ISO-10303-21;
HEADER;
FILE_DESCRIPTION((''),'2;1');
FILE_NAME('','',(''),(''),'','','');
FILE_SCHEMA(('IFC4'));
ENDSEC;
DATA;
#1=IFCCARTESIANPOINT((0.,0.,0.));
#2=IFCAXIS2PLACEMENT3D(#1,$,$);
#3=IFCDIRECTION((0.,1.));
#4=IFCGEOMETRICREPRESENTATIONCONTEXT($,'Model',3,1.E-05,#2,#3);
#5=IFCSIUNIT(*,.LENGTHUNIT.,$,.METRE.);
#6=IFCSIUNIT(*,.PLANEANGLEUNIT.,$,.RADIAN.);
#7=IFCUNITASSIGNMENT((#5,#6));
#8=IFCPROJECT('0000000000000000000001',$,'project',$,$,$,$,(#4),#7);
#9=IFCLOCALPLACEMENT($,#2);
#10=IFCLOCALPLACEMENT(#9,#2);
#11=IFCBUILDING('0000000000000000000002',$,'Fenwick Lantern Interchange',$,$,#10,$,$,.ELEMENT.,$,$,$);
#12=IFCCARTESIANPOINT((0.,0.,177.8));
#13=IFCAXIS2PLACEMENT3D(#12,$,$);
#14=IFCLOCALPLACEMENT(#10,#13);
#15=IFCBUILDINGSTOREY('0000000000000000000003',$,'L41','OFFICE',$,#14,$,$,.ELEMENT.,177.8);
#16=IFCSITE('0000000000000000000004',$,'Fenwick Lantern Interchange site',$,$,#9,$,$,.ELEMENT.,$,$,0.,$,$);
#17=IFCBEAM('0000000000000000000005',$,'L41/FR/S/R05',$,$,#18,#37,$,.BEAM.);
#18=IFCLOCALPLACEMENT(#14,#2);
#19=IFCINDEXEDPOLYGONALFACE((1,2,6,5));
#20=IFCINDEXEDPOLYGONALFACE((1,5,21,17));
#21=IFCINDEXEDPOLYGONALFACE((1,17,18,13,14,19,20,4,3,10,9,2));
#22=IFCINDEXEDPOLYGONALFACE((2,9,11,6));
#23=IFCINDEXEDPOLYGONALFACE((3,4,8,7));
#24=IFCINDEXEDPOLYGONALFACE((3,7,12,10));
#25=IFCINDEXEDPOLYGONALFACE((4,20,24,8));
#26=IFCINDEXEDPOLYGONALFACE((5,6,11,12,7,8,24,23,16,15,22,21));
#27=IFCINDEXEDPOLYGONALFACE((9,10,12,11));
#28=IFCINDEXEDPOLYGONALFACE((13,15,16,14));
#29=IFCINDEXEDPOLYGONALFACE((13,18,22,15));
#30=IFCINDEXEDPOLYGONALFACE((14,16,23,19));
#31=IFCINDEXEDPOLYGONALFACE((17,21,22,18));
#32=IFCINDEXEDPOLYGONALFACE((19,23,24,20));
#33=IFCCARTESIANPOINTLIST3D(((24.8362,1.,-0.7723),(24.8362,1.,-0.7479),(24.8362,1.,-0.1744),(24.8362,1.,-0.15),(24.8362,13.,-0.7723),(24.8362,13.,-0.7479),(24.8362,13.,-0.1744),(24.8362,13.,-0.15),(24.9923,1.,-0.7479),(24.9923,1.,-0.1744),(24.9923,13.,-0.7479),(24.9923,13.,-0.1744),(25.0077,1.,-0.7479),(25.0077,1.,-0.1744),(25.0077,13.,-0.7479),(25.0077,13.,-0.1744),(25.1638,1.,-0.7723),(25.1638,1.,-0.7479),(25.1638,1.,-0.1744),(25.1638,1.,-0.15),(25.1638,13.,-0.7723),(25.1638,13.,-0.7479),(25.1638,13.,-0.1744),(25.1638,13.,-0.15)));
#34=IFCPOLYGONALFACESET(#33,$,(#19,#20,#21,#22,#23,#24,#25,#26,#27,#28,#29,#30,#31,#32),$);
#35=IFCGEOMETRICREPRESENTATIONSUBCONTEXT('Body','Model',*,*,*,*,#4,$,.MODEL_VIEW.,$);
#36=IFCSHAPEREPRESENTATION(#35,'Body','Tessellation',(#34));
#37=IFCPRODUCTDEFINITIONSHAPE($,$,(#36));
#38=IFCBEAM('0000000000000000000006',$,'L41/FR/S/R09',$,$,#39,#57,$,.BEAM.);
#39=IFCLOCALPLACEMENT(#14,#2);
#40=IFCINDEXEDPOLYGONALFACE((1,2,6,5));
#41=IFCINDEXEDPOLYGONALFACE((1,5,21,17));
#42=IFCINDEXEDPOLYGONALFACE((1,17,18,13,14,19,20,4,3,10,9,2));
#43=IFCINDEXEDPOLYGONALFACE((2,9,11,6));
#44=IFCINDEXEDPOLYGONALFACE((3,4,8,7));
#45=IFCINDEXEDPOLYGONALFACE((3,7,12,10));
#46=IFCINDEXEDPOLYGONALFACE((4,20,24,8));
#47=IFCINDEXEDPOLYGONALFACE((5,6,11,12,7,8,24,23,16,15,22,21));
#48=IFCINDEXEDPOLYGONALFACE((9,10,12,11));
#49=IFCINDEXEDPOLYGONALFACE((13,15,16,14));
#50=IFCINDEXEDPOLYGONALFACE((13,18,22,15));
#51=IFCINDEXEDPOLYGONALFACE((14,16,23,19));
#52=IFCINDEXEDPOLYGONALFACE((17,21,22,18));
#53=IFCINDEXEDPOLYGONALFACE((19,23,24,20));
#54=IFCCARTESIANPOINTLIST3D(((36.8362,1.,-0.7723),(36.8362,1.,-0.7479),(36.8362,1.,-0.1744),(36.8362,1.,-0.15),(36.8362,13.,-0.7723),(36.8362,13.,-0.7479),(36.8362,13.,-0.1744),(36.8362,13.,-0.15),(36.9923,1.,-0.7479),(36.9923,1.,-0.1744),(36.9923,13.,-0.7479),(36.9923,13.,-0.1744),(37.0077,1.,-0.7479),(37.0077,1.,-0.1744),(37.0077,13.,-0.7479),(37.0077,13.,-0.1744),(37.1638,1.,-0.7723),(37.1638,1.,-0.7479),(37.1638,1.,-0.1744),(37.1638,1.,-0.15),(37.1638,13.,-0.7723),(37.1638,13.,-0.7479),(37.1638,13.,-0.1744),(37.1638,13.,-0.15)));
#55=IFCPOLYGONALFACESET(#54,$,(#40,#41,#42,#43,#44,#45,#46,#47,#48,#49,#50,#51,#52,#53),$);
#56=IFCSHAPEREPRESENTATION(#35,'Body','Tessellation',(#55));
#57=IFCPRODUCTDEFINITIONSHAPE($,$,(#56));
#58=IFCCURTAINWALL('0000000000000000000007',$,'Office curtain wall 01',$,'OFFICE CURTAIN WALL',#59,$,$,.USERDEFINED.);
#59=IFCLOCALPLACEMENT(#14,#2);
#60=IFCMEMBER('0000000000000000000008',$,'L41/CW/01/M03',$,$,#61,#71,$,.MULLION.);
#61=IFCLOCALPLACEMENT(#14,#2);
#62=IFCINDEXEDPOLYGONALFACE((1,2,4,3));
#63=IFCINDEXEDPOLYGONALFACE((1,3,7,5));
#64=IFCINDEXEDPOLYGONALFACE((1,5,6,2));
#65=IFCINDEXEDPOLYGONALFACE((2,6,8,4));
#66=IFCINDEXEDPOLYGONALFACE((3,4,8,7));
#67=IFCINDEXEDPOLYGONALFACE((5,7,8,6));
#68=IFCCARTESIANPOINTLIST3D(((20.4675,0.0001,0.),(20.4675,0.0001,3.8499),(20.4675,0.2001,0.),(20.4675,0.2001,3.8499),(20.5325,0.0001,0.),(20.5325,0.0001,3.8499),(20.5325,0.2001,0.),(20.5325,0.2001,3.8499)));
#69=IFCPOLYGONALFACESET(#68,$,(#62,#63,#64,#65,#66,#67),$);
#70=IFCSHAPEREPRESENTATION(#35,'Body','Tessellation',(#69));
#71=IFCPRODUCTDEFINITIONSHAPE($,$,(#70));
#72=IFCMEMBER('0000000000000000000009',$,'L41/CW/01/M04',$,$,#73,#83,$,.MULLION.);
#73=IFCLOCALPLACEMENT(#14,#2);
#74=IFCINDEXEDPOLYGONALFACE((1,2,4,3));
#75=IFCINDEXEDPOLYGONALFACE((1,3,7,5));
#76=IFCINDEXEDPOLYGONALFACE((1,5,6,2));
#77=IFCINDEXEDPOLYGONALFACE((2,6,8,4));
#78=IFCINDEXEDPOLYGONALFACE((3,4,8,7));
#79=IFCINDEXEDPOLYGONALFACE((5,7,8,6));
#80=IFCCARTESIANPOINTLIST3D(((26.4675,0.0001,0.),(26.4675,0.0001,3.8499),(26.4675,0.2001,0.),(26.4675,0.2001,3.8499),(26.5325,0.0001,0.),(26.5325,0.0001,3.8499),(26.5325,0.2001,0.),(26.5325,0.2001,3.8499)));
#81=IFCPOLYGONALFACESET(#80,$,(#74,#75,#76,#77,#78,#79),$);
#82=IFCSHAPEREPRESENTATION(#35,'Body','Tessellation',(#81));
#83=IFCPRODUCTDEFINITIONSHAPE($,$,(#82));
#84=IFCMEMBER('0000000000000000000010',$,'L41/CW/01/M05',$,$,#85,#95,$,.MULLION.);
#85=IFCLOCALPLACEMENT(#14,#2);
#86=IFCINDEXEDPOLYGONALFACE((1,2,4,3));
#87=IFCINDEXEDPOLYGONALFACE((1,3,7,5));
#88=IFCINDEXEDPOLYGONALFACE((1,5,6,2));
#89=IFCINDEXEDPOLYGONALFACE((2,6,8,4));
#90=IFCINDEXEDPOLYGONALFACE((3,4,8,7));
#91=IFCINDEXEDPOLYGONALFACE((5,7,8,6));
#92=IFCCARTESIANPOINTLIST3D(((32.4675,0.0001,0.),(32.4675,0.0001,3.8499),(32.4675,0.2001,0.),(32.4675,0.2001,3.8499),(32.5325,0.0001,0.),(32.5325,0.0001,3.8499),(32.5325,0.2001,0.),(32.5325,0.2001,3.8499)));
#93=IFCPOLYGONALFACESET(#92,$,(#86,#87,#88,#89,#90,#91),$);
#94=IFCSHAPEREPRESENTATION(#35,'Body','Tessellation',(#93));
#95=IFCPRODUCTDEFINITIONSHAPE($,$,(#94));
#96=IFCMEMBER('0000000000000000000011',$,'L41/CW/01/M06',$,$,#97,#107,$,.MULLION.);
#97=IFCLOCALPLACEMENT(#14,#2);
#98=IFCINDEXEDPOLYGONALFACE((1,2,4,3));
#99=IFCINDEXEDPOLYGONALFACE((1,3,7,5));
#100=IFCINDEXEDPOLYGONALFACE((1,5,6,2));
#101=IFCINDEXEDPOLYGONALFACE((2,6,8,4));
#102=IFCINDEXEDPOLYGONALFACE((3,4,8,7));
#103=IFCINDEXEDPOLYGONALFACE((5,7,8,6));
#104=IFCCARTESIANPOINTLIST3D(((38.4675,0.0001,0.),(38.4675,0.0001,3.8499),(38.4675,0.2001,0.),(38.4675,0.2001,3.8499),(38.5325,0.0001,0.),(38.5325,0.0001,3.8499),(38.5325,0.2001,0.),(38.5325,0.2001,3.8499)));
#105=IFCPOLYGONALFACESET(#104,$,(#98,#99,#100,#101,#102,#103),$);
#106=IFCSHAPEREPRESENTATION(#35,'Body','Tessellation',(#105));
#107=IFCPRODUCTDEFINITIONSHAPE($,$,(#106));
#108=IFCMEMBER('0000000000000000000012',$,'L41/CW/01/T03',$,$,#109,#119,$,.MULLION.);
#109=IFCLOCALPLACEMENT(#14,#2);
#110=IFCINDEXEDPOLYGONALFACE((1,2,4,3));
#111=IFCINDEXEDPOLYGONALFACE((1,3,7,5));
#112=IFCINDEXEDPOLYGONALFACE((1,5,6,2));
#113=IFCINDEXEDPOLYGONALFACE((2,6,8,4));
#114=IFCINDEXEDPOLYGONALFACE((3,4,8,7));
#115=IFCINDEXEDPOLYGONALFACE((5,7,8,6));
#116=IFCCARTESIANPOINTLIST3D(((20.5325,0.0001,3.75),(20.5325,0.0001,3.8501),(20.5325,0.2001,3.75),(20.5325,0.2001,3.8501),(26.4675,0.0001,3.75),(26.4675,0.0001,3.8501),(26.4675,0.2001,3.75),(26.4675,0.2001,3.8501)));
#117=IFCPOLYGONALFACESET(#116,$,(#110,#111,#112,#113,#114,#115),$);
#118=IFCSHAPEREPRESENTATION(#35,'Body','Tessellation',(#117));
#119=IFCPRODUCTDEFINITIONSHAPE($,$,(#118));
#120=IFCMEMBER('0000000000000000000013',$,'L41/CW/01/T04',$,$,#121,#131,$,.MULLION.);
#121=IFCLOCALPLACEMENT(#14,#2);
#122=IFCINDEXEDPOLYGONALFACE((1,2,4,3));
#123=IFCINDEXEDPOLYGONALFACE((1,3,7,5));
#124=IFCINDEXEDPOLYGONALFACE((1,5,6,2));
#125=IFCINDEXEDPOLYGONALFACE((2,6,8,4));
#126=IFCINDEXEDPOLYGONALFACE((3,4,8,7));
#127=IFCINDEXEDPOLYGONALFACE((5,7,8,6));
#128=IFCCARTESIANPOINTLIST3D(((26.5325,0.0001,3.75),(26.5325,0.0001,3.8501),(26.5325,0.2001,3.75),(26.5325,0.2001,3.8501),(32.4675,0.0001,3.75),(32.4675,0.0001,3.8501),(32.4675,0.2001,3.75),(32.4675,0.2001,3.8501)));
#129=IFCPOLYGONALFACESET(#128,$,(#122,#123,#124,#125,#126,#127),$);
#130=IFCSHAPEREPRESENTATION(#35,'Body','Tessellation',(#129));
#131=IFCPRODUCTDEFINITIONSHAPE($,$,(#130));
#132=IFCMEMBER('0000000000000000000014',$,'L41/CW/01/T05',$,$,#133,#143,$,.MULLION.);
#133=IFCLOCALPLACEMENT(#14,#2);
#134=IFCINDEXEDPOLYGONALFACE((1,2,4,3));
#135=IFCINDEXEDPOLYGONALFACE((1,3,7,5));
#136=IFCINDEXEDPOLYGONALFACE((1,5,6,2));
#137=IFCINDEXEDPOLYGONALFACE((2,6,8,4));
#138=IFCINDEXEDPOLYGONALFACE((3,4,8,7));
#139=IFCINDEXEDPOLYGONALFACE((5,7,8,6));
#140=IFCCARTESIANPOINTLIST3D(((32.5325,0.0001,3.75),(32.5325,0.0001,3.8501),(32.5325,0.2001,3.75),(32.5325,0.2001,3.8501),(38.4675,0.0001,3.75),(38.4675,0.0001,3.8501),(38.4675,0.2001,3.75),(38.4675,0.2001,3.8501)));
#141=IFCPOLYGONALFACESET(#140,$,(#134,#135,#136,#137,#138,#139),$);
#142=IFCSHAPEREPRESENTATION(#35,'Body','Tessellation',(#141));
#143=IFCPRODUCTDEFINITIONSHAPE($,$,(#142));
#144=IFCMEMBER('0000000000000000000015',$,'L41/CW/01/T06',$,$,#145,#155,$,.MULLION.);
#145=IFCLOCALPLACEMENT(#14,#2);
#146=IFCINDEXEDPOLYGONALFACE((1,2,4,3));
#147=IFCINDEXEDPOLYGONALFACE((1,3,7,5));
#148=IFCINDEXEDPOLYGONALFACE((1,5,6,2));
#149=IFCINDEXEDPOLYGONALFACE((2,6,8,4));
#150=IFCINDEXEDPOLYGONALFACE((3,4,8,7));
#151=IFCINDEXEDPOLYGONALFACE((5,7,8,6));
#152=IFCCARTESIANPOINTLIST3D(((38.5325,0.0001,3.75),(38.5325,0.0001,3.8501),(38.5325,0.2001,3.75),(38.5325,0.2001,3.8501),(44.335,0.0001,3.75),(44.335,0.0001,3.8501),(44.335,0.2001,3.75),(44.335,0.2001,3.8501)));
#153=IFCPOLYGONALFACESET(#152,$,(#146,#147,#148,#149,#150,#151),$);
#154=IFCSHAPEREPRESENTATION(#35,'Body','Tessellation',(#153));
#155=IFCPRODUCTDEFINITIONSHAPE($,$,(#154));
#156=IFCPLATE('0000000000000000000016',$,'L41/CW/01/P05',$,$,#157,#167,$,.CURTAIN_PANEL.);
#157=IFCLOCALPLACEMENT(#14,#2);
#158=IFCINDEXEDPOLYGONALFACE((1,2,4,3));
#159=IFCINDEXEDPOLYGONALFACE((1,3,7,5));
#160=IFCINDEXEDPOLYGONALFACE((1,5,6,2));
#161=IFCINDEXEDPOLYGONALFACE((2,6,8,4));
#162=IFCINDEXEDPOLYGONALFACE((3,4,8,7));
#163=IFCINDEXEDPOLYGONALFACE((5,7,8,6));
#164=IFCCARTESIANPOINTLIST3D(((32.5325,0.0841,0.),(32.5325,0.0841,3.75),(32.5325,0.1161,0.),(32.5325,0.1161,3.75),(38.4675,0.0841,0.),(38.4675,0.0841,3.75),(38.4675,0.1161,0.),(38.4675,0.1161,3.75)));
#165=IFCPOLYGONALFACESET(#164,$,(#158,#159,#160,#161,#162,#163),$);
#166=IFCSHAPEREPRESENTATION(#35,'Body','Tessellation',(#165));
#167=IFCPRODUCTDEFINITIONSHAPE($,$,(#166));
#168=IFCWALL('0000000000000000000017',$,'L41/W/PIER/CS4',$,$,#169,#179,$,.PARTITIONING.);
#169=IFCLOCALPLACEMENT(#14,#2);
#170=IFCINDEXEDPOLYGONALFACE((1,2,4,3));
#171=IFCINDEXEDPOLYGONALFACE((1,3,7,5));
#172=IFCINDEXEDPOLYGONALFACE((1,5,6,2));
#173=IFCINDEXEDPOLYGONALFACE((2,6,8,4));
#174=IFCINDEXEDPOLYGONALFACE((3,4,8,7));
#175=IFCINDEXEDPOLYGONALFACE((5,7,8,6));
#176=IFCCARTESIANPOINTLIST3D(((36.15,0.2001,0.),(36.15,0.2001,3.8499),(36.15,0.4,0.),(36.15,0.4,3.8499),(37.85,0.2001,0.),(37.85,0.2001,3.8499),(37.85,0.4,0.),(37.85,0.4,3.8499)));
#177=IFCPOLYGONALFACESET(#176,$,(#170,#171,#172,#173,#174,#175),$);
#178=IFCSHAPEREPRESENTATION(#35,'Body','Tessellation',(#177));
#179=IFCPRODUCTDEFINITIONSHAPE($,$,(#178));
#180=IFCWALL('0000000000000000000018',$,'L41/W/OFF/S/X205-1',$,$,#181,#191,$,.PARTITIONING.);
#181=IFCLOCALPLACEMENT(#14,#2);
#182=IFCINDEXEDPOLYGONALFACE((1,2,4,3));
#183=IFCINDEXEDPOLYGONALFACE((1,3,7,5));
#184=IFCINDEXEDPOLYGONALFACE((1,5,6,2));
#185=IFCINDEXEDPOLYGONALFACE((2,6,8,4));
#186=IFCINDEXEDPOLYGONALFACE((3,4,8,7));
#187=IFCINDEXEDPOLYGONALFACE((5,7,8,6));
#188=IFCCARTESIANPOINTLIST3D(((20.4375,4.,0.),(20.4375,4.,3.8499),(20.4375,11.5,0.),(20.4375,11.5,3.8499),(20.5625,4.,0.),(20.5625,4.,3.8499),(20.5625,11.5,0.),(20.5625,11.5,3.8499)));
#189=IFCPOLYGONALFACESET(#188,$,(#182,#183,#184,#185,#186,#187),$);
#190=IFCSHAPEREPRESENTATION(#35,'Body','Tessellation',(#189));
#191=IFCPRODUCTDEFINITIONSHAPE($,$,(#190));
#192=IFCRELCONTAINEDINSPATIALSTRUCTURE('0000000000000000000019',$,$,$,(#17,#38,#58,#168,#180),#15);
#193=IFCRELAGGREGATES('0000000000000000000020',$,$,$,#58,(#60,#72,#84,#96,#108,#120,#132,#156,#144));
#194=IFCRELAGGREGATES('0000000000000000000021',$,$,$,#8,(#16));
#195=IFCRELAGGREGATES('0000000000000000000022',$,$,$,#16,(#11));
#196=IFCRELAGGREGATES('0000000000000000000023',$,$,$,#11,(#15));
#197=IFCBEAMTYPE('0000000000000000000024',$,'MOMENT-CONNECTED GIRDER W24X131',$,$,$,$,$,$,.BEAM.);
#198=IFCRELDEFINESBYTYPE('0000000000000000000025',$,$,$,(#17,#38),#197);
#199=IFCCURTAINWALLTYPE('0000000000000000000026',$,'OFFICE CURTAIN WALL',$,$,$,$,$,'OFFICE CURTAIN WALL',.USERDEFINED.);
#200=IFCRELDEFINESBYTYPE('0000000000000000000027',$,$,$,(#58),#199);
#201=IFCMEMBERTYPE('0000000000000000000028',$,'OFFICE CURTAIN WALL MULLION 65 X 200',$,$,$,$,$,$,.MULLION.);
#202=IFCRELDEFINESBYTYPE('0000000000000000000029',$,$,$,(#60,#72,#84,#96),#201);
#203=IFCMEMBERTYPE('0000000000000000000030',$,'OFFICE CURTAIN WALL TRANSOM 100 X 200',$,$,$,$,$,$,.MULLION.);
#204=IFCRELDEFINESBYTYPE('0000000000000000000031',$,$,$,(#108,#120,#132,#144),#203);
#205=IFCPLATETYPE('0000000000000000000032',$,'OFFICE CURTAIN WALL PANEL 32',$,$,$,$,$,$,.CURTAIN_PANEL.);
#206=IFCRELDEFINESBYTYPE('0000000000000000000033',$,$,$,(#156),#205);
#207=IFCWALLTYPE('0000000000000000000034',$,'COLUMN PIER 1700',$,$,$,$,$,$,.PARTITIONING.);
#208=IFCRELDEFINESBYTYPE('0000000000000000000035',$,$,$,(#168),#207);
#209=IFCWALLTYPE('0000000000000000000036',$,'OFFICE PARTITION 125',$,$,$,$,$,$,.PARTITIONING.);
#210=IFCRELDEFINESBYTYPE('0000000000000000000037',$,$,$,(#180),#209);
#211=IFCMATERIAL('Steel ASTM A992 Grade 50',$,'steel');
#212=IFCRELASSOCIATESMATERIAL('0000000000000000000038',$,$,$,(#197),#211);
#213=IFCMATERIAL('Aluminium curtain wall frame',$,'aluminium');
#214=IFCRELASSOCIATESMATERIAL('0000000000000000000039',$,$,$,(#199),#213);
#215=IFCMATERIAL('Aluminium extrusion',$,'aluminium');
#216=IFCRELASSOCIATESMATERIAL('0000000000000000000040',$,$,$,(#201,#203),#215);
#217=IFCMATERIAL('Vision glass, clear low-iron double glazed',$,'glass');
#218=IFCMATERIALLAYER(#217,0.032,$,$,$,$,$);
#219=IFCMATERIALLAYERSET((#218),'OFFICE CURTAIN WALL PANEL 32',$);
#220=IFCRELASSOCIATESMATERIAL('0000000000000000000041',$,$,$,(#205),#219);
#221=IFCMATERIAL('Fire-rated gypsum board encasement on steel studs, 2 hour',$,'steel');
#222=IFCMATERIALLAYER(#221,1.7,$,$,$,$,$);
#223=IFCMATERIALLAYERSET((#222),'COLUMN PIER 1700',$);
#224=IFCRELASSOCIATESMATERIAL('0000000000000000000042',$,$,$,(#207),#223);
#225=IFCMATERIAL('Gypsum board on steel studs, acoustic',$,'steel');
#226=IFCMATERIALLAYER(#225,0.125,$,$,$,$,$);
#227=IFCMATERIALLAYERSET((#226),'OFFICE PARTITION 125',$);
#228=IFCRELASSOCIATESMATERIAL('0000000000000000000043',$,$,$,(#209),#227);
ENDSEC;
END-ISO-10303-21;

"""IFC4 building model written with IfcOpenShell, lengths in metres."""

from ifc_helpers import new_model, si_unit, direction, frame, frame_2d, origin, origin_2d, place, context, subcontext, project, spatial, rectangle, i_section, extrude, material, layer, layer_set, material_profile, profile_set, type_object, element, aggregate, save


model = new_model("IFC4")

# Units and contexts
model_context = context("Model", 3, precision=1e-05, world=origin(), true_north=direction((0.0, 1.0)))
body_context = subcontext(model_context, "Body", "Model", "MODEL_VIEW")
ifc_project = project(units=[si_unit("LENGTHUNIT", "METRE"), si_unit("PLANEANGLEUNIT", "RADIAN")], contexts=[model_context])

# Site, building, storey
site_placement = place(None, origin())
site = spatial("IfcSite", under=ifc_project, at=site_placement, Name="Fenwick Lantern Interchange site", CompositionType="ELEMENT", RefElevation=0.0)
building_placement = place(site_placement, origin())
building = spatial("IfcBuilding", under=site, at=building_placement, Name="Fenwick Lantern Interchange", CompositionType="ELEMENT")
storey_placement = place(building_placement, frame((0.0, 0.0, 177.8)))
storey = spatial("IfcBuildingStorey", under=building, at=storey_placement, Name="L41", Description="OFFICE", CompositionType="ELEMENT", Elevation=177.8)

# Beams
ifc_material_1 = material(Name="Steel ASTM A992 Grade 50", Category="steel")
ifc_material_profile_1 = material_profile(ifc_material_1, i_section(OverallWidth=0.3276, OverallDepth=0.6223, WebThickness=0.0154, FlangeThickness=0.0244, at=origin_2d()), Name="W24X131")
ifc_profile_set_1 = profile_set([ifc_material_profile_1], Name="Steel ASTM A992 Grade 50")
beam_type_1 = type_object("IfcBeamType", Name="MOMENT-CONNECTED GIRDER W24X131", PredefinedType="BEAM", material=ifc_profile_set_1)
for number, where, z_axis, x_axis, name in (
    (1, (25.0, 1.0, -0.4612), (0.0, 1.0, 0.0), (-1.0, 0.0, 0.0), "L41/FR/S/R05"),
    (2, (37.0, 1.0, -0.4612), (0.0, 1.0, 0.0), (-1.0, 0.0, 0.0), "L41/FR/S/R09"),
):
    element("IfcBeam", number, at=place(storey_placement, frame(where, z_axis=z_axis, x_axis=x_axis)), inside=storey, type_object=beam_type_1, Name=name, PredefinedType="BEAM", context=body_context, shape_type="SweptSolid", body=[
        extrude(i_section(OverallWidth=0.3276, OverallDepth=0.6223, WebThickness=0.0154, FlangeThickness=0.0244, at=origin_2d()), origin(), (0.0, 0.0, 1.0), 12.0),
    ])

# Curtain wall, members, plate
ifc_material_2 = material(Name="Aluminium curtain wall frame", Category="aluminium")
curtain_wall_type = type_object("IfcCurtainWallType", Name="OFFICE CURTAIN WALL", ElementType="OFFICE CURTAIN WALL", PredefinedType="USERDEFINED", material=ifc_material_2)
curtain_wall_placement = place(storey_placement, origin())
curtain_wall = element("IfcCurtainWall", 3, at=curtain_wall_placement, inside=storey, type_object=curtain_wall_type, Name="Office curtain wall 01", ObjectType="OFFICE CURTAIN WALL", PredefinedType="USERDEFINED")
ifc_material_3 = material(Name="Aluminium extrusion", Category="aluminium")
ifc_material_profile_2 = material_profile(ifc_material_3, rectangle(XDim=0.2, YDim=0.0649, at=origin_2d()), Name="OFFICE CURTAIN WALL MULLION 65 X 200")
ifc_profile_set_2 = profile_set([ifc_material_profile_2], Name="Aluminium extrusion")
member_type_1 = type_object("IfcMemberType", Name="OFFICE CURTAIN WALL MULLION 65 X 200", PredefinedType="MULLION", material=ifc_profile_set_2)
member_1_placement = place(storey_placement, frame((20.5, 0.1001, 0.0), z_axis=(0.0, 0.0, 1.0), x_axis=(0.0, 1.0, 0.0)))
member_1 = element("IfcMember", 4, at=member_1_placement, type_object=member_type_1, Name="L41/CW/01/M03", PredefinedType="MULLION", context=body_context, shape_type="SweptSolid", body=[
    extrude(rectangle(XDim=0.2, YDim=0.0649, at=origin_2d()), origin(), (0.0, 0.0, 1.0), 3.8499),
])
member_2_placement = place(storey_placement, frame((26.5, 0.1001, 0.0), z_axis=(0.0, 0.0, 1.0), x_axis=(0.0, 1.0, 0.0)))
member_2 = element("IfcMember", 5, at=member_2_placement, type_object=member_type_1, Name="L41/CW/01/M04", PredefinedType="MULLION", context=body_context, shape_type="SweptSolid", body=[
    extrude(rectangle(XDim=0.2, YDim=0.0649, at=origin_2d()), origin(), (0.0, 0.0, 1.0), 3.8499),
])
member_3_placement = place(storey_placement, frame((32.5, 0.1001, 0.0), z_axis=(0.0, 0.0, 1.0), x_axis=(0.0, 1.0, 0.0)))
member_3 = element("IfcMember", 6, at=member_3_placement, type_object=member_type_1, Name="L41/CW/01/M05", PredefinedType="MULLION", context=body_context, shape_type="SweptSolid", body=[
    extrude(rectangle(XDim=0.2, YDim=0.0649, at=origin_2d()), origin(), (0.0, 0.0, 1.0), 3.8499),
])
member_4_placement = place(storey_placement, frame((38.5, 0.1001, 0.0), z_axis=(0.0, 0.0, 1.0), x_axis=(0.0, 1.0, 0.0)))
member_4 = element("IfcMember", 7, at=member_4_placement, type_object=member_type_1, Name="L41/CW/01/M06", PredefinedType="MULLION", context=body_context, shape_type="SweptSolid", body=[
    extrude(rectangle(XDim=0.2, YDim=0.0649, at=origin_2d()), origin(), (0.0, 0.0, 1.0), 3.8499),
])
ifc_material_profile_3 = material_profile(ifc_material_3, rectangle(XDim=0.2, YDim=0.1001, at=origin_2d()), Name="OFFICE CURTAIN WALL TRANSOM 100 X 200")
ifc_profile_set_3 = profile_set([ifc_material_profile_3], Name="Aluminium extrusion")
member_type_2 = type_object("IfcMemberType", Name="OFFICE CURTAIN WALL TRANSOM 100 X 200", PredefinedType="MULLION", material=ifc_profile_set_3)
member_5_placement = place(storey_placement, frame((20.5325, 0.1001, 3.8), z_axis=(1.0, 0.0, 0.0), x_axis=(0.0, 1.0, 0.0)))
member_5 = element("IfcMember", 8, at=member_5_placement, type_object=member_type_2, Name="L41/CW/01/T03", PredefinedType="MULLION", context=body_context, shape_type="SweptSolid", body=[
    extrude(rectangle(XDim=0.2, YDim=0.1001, at=origin_2d()), origin(), (0.0, 0.0, 1.0), 5.9351),
])
member_6_placement = place(storey_placement, frame((26.5325, 0.1001, 3.8), z_axis=(1.0, 0.0, 0.0), x_axis=(0.0, 1.0, 0.0)))
member_6 = element("IfcMember", 9, at=member_6_placement, type_object=member_type_2, Name="L41/CW/01/T04", PredefinedType="MULLION", context=body_context, shape_type="SweptSolid", body=[
    extrude(rectangle(XDim=0.2, YDim=0.1001, at=origin_2d()), origin(), (0.0, 0.0, 1.0), 5.9351),
])
member_7_placement = place(storey_placement, frame((32.5325, 0.1001, 3.8), z_axis=(1.0, 0.0, 0.0), x_axis=(0.0, 1.0, 0.0)))
member_7 = element("IfcMember", 10, at=member_7_placement, type_object=member_type_2, Name="L41/CW/01/T05", PredefinedType="MULLION", context=body_context, shape_type="SweptSolid", body=[
    extrude(rectangle(XDim=0.2, YDim=0.1001, at=origin_2d()), origin(), (0.0, 0.0, 1.0), 5.9351),
])
member_8_placement = place(storey_placement, frame((38.5325, 0.1001, 3.8), z_axis=(1.0, 0.0, 0.0), x_axis=(0.0, 1.0, 0.0)))
member_8 = element("IfcMember", 11, at=member_8_placement, type_object=member_type_2, Name="L41/CW/01/T06", PredefinedType="MULLION", context=body_context, shape_type="SweptSolid", body=[
    extrude(rectangle(XDim=0.2, YDim=0.1001, at=origin_2d()), origin(), (0.0, 0.0, 1.0), 5.8025),
])
ifc_material_4 = material(Name="Vision glass, clear low-iron double glazed", Category="glass")
ifc_layer_1 = layer(ifc_material_4, 0.032)
ifc_layer_set_1 = layer_set([ifc_layer_1], Name="OFFICE CURTAIN WALL PANEL 32")
plate_type = type_object("IfcPlateType", Name="OFFICE CURTAIN WALL PANEL 32", PredefinedType="CURTAIN_PANEL", material=ifc_layer_set_1)
plate_placement = place(storey_placement, frame((35.5, 0.1001, 0.0), z_axis=(0.0, 0.0, 1.0), x_axis=(1.0, 0.0, 0.0)))
plate = element("IfcPlate", 12, at=plate_placement, type_object=plate_type, Name="L41/CW/01/P05", PredefinedType="CURTAIN_PANEL", context=body_context, shape_type="SweptSolid", body=[
    extrude(rectangle(XDim=5.9351, YDim=0.032, at=origin_2d()), origin(), (0.0, 0.0, 1.0), 3.75),
])
aggregate(curtain_wall, [member_1, member_2, member_3, member_4, member_5, member_6, member_7, plate, member_8])

# Walls
ifc_material_5 = material(Name="Fire-rated gypsum board encasement on steel studs, 2 hour", Category="steel")
ifc_layer_2 = layer(ifc_material_5, 1.7)
ifc_layer_set_2 = layer_set([ifc_layer_2], Name="COLUMN PIER 1700")
wall_type_1 = type_object("IfcWallType", Name="COLUMN PIER 1700", PredefinedType="PARTITIONING", material=ifc_layer_set_2)
wall_1_placement = place(storey_placement, frame((37.0, 0.2, 0.0), z_axis=(0.0, 0.0, 1.0), x_axis=(0.0, 1.0, 0.0)))
element("IfcWall", 13, at=wall_1_placement, inside=storey, type_object=wall_type_1, Name="L41/W/PIER/CS4", PredefinedType="PARTITIONING", context=body_context, shape_type="SweptSolid", body=[
    extrude(rectangle(XDim=0.2, YDim=1.7, at=frame_2d((0.1001, 0.0))), origin(), (0.0, 0.0, 1.0), 3.8499),
])
ifc_material_6 = material(Name="Gypsum board on steel studs, acoustic", Category="steel")
ifc_layer_3 = layer(ifc_material_6, 0.125)
ifc_layer_set_3 = layer_set([ifc_layer_3], Name="OFFICE PARTITION 125")
wall_type_2 = type_object("IfcWallType", Name="OFFICE PARTITION 125", PredefinedType="PARTITIONING", material=ifc_layer_set_3)
wall_2_placement = place(storey_placement, frame((20.5, 4.0, 0.0), z_axis=(0.0, 0.0, 1.0), x_axis=(0.0, 1.0, 0.0)))
element("IfcWall", 14, at=wall_2_placement, inside=storey, type_object=wall_type_2, Name="L41/W/OFF/S/X205-1", PredefinedType="PARTITIONING", context=body_context, shape_type="SweptSolid", body=[
    extrude(rectangle(XDim=7.5, YDim=0.125, at=frame_2d((3.75, 0.0))), origin(), (0.0, 0.0, 1.0), 3.8499),
])

save(model, "model.ifc")
